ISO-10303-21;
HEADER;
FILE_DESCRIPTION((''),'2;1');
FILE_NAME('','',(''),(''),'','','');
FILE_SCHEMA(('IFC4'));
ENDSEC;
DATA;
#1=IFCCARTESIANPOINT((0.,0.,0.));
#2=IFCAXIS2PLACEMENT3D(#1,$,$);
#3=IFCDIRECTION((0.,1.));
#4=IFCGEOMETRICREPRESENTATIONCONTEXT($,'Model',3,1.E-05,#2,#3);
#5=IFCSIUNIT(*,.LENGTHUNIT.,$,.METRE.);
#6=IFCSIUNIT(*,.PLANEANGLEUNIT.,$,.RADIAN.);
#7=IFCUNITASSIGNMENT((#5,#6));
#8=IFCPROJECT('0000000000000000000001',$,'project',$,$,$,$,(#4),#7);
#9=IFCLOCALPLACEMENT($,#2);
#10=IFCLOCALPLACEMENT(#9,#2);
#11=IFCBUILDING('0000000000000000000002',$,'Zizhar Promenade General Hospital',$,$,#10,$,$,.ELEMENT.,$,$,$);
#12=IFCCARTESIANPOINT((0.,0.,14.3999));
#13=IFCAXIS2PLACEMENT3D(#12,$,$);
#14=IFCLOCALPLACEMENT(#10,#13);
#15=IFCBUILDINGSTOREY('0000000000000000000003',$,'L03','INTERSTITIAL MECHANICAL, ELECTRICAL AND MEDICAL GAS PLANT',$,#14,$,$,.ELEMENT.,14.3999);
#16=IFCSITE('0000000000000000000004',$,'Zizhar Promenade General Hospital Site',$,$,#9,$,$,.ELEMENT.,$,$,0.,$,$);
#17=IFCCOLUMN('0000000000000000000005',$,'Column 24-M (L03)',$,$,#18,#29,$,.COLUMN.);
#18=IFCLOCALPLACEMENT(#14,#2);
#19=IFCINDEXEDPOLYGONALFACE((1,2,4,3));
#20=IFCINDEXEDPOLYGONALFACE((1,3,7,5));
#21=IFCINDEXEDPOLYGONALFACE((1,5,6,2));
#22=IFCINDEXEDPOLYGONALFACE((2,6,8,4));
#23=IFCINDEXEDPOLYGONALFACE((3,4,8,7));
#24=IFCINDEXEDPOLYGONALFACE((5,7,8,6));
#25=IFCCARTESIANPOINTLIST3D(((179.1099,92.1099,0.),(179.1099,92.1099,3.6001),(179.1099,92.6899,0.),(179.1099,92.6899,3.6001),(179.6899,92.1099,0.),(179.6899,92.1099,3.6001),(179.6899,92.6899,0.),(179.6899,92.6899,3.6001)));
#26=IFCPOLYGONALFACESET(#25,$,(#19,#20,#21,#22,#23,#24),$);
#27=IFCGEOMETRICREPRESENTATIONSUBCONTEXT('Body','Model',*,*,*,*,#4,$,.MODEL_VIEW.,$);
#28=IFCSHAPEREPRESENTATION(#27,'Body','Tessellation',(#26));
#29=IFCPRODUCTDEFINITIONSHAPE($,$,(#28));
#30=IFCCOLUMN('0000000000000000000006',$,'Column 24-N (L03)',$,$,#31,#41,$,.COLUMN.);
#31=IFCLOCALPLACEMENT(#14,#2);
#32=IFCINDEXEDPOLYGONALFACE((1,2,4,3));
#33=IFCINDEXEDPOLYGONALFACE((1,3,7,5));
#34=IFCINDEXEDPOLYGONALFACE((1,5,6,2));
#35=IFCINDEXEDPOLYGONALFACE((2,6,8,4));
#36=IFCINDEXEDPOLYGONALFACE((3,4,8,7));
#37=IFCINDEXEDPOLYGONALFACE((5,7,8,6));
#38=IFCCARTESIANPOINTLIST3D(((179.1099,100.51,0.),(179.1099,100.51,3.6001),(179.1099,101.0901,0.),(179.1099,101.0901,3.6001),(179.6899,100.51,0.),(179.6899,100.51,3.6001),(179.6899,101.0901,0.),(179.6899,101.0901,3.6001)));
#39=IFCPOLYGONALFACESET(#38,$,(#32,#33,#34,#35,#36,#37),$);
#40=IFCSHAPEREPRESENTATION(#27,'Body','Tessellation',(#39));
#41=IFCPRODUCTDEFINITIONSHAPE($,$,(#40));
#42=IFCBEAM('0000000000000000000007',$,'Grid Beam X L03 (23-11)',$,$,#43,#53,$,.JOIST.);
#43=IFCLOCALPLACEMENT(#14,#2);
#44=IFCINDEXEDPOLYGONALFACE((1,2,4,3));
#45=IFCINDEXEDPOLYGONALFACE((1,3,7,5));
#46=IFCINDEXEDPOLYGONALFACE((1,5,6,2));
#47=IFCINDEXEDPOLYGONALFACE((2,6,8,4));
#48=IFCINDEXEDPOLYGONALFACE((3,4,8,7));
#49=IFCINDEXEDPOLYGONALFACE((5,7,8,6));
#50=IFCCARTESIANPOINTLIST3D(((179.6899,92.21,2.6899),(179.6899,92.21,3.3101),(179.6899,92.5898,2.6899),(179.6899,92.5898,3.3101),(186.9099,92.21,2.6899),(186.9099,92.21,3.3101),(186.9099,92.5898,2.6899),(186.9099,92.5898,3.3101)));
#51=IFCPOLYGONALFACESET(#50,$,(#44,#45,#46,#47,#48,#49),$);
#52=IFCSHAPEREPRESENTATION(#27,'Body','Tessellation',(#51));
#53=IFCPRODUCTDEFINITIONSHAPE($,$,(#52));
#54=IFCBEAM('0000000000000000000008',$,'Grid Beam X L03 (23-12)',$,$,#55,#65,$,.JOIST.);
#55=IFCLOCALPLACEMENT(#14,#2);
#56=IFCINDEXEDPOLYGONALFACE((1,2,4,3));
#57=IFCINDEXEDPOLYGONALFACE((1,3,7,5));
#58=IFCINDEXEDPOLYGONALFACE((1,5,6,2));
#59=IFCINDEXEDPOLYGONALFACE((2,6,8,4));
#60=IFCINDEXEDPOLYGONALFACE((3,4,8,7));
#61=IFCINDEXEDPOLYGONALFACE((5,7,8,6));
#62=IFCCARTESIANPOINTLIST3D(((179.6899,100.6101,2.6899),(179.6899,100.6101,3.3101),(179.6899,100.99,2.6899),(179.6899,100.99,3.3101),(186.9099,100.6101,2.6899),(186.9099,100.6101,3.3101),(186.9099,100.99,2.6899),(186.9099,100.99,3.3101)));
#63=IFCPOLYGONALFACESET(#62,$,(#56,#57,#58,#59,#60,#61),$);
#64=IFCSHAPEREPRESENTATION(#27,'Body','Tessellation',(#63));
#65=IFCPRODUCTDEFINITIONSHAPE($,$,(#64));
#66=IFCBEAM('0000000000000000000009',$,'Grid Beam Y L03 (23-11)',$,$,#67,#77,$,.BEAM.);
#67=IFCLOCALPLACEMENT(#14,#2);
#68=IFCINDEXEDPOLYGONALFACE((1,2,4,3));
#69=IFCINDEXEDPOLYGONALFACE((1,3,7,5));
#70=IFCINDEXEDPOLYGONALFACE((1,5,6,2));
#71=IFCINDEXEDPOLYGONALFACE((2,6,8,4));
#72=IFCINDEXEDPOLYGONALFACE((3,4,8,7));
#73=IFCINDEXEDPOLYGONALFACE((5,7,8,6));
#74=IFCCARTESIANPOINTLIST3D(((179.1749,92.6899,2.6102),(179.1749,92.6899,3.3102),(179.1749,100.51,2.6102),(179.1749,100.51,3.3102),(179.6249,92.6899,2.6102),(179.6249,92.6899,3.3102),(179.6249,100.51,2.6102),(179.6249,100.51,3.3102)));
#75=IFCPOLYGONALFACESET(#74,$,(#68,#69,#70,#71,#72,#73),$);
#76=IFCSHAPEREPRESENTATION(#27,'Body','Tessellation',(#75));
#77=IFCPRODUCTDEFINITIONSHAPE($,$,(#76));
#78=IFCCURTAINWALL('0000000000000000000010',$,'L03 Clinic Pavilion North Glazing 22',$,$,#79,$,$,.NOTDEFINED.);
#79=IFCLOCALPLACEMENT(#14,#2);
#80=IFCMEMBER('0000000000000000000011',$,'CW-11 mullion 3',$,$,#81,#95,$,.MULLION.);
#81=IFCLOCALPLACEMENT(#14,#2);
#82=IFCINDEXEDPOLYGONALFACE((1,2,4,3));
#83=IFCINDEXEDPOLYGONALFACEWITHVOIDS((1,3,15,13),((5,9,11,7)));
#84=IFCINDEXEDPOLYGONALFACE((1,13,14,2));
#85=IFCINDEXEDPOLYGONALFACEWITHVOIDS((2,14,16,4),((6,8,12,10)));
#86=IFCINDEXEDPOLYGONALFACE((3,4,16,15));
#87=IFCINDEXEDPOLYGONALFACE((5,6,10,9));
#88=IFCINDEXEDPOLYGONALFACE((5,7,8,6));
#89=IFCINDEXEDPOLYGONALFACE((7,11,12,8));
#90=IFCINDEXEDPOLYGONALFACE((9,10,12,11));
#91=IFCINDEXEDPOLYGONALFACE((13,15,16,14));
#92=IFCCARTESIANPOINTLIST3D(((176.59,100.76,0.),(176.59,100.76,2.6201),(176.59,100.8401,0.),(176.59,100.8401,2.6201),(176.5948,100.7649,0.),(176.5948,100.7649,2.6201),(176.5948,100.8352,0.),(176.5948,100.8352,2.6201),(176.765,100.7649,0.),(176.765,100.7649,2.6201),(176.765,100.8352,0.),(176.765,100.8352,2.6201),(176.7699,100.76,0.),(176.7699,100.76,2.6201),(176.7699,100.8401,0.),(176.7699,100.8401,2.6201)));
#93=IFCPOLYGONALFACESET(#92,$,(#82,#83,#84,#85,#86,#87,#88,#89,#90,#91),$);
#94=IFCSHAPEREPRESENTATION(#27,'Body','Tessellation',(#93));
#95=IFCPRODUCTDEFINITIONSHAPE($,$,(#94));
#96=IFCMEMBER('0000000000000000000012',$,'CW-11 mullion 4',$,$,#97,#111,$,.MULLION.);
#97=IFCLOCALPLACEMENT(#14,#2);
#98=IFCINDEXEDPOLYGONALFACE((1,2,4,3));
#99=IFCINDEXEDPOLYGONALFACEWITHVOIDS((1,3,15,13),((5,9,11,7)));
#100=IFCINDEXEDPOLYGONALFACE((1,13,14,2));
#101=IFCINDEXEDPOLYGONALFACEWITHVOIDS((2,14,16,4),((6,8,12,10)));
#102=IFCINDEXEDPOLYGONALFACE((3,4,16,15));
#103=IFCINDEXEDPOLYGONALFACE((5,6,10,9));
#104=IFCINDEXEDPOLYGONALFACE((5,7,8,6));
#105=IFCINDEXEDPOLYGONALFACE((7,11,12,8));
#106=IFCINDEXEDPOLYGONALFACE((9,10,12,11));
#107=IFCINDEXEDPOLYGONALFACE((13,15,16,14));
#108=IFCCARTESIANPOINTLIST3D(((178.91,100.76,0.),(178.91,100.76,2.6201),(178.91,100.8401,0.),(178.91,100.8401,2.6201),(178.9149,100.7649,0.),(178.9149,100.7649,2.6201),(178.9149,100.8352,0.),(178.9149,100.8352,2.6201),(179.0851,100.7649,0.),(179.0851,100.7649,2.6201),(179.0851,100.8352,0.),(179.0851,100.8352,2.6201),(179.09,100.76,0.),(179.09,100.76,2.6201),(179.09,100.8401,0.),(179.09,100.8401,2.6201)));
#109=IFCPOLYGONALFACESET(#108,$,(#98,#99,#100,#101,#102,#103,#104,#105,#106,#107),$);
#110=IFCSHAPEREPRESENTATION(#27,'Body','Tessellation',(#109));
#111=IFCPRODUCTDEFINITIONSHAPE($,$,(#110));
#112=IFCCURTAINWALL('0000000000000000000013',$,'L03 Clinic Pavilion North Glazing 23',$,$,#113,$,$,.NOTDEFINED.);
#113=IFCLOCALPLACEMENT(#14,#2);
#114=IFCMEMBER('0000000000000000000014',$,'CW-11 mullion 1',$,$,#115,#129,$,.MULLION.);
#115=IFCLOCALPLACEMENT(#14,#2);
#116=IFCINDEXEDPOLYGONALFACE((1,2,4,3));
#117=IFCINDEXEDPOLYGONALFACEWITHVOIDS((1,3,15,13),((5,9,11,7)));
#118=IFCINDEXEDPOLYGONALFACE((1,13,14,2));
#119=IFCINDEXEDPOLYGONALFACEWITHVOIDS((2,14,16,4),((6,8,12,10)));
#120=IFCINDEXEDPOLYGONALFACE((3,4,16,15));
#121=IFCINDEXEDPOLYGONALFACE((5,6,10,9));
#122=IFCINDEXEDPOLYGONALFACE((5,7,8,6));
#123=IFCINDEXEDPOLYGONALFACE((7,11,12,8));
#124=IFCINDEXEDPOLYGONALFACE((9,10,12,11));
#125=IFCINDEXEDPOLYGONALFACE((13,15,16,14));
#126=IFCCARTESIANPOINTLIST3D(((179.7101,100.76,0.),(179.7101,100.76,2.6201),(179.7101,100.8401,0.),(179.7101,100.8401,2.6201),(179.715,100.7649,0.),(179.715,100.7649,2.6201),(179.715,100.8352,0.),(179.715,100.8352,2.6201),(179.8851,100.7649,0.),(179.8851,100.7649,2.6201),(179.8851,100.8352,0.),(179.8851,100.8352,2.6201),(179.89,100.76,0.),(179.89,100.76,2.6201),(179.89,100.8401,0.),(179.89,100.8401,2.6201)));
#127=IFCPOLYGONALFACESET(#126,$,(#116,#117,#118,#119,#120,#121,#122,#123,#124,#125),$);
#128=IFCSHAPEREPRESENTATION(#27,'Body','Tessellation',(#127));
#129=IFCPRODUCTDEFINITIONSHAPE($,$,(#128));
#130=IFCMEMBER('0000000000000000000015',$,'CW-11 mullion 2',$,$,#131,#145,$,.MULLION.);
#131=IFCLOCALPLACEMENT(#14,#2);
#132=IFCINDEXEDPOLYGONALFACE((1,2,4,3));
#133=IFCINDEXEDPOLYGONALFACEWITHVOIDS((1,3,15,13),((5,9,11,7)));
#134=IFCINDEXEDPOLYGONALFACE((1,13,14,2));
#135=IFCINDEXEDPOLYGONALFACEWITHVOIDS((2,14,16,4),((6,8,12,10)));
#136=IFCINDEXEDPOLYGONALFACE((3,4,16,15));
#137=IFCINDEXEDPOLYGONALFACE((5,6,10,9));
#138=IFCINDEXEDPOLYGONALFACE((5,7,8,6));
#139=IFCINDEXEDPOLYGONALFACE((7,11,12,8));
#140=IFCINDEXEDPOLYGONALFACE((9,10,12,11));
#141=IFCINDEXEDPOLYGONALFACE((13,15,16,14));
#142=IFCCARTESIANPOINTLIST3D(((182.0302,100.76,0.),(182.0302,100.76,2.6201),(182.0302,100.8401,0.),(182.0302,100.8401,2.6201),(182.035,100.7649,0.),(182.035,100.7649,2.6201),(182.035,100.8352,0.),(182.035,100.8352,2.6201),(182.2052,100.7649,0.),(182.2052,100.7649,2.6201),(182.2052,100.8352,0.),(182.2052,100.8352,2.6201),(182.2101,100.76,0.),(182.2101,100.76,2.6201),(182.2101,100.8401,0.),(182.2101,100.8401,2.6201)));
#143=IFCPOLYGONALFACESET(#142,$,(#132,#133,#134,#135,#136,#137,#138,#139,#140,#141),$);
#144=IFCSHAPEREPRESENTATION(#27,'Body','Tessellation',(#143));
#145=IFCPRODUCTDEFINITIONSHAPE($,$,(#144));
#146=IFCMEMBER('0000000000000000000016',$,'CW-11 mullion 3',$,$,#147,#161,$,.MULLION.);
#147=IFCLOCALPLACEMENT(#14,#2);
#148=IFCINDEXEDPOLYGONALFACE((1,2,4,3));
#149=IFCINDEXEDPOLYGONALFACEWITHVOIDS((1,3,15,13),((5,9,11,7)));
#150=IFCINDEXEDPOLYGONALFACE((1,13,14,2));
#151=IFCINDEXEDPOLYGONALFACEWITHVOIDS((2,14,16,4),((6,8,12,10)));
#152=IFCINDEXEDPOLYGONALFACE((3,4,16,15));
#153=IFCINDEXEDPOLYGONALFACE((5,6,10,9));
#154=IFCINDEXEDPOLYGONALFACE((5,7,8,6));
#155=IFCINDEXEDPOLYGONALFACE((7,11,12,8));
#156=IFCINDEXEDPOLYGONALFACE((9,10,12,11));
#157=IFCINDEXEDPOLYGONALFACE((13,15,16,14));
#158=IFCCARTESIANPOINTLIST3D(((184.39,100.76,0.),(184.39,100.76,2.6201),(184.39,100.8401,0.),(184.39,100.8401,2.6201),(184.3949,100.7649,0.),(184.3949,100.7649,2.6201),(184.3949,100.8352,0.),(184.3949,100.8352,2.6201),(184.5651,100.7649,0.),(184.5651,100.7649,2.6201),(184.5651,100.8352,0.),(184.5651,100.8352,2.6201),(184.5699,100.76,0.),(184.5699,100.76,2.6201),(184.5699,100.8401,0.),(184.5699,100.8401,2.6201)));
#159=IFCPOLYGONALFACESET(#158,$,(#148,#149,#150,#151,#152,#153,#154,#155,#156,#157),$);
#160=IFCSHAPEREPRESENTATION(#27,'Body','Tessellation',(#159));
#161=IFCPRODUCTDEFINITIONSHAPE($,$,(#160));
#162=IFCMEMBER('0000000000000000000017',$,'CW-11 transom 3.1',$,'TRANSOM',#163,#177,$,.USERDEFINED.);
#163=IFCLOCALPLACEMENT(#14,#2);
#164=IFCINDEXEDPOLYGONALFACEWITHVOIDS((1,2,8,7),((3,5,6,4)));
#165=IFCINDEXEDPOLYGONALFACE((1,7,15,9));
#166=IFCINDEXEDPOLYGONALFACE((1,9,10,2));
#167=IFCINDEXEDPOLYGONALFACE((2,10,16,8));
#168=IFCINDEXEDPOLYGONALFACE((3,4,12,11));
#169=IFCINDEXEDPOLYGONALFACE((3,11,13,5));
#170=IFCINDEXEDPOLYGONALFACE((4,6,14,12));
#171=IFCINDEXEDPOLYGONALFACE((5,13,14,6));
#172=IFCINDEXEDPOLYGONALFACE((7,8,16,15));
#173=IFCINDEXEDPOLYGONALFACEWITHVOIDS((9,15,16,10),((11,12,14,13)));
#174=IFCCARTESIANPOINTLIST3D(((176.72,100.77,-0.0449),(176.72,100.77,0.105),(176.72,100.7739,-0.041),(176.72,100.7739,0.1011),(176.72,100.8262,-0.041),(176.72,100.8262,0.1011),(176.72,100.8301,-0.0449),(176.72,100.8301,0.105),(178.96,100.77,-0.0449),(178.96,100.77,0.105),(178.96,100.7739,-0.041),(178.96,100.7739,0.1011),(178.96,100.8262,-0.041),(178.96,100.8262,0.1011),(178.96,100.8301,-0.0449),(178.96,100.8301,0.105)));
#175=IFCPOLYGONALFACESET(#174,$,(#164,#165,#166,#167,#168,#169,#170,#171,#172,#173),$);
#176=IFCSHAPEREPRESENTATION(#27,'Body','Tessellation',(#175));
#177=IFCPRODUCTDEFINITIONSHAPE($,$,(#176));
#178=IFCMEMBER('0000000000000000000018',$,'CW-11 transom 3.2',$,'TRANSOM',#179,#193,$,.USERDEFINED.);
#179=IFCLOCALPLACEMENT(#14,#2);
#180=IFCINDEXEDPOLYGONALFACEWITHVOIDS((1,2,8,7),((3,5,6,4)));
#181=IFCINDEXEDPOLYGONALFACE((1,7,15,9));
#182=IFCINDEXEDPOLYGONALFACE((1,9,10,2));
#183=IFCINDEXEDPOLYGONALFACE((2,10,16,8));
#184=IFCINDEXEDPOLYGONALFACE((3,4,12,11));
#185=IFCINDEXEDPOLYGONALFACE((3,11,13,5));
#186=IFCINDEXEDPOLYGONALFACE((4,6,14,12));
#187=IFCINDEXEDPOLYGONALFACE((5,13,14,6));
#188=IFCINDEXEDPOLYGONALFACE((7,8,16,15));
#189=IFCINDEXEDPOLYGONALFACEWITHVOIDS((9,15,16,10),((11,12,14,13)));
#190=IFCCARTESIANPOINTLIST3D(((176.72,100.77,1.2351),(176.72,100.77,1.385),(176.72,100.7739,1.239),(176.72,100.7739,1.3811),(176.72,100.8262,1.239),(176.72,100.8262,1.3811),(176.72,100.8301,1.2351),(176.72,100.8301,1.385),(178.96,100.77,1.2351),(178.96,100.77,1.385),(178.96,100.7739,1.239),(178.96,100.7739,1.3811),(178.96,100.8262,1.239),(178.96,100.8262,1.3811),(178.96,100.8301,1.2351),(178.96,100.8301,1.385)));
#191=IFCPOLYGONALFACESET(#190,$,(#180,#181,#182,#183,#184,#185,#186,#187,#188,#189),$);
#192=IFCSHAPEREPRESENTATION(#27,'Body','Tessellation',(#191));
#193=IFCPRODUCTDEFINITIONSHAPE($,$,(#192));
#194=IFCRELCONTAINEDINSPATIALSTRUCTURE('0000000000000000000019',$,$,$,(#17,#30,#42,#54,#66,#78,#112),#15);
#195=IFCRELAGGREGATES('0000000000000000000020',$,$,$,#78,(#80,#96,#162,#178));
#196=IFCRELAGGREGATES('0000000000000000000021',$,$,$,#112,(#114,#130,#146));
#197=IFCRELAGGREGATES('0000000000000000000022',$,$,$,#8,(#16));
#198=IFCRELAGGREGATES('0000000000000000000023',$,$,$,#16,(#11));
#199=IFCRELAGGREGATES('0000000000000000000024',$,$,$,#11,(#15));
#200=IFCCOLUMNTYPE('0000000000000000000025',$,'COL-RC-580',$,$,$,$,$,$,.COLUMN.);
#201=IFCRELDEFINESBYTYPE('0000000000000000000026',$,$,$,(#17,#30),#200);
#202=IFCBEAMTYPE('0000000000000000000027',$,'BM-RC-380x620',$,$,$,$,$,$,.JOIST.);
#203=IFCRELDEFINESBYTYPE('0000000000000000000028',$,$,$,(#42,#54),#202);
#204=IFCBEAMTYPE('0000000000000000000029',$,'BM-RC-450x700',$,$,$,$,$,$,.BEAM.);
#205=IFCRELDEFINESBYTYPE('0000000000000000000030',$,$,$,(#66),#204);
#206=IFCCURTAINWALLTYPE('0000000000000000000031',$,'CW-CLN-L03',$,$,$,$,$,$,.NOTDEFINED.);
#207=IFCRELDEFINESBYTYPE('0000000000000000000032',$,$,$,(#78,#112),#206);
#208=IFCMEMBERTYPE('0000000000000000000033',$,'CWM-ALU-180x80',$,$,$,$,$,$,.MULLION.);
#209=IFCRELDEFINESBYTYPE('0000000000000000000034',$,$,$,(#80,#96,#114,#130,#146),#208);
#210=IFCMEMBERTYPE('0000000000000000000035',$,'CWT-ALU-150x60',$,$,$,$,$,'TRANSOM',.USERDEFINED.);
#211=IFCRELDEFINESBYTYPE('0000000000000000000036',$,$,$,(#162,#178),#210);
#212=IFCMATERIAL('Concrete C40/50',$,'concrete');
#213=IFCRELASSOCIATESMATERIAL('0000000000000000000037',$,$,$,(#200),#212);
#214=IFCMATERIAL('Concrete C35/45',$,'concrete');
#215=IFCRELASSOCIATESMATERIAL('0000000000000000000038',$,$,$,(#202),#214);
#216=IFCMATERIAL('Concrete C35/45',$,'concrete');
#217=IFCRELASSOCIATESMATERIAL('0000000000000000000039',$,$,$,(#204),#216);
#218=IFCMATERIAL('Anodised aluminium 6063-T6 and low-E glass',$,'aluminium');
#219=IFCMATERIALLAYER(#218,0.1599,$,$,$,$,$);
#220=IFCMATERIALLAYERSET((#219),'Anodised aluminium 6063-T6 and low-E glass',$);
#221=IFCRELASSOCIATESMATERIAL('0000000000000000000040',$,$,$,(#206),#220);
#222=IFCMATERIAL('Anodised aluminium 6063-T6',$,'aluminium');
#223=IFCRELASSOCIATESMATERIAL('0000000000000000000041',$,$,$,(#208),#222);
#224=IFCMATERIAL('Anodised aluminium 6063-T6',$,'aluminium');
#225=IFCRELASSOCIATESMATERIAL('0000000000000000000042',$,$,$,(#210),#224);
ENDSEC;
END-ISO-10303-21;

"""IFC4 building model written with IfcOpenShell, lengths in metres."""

from ifc_helpers import new_model, si_unit, direction, frame, origin, origin_2d, place, context, subcontext, project, spatial, rectangle, hollow_rectangle, extrude, material, layer, layer_set, material_profile, profile_set, type_object, element, aggregate, save


model = new_model("IFC4")

# Units and contexts
model_context = context("Model", 3, precision=1e-05, world=origin(), true_north=direction((0.0, 1.0)))
body_context = subcontext(model_context, "Body", "Model", "MODEL_VIEW")
ifc_project = project(units=[si_unit("LENGTHUNIT", "METRE"), si_unit("PLANEANGLEUNIT", "RADIAN")], contexts=[model_context])

# Site, building, storey
site_placement = place(None, origin())
site = spatial("IfcSite", under=ifc_project, at=site_placement, Name="Zizhar Promenade General Hospital Site", CompositionType="ELEMENT", RefElevation=0.0)
building_placement = place(site_placement, origin())
building = spatial("IfcBuilding", under=site, at=building_placement, Name="Zizhar Promenade General Hospital", CompositionType="ELEMENT")
storey_placement = place(building_placement, frame((0.0, 0.0, 14.3999)))
storey = spatial("IfcBuildingStorey", under=building, at=storey_placement, Name="L03", Description="INTERSTITIAL MECHANICAL, ELECTRICAL AND MEDICAL GAS PLANT", CompositionType="ELEMENT", Elevation=14.3999)

# Columns
ifc_material_1 = material(Name="Concrete C40/50", Category="concrete")
ifc_material_profile_1 = material_profile(ifc_material_1, rectangle(XDim=0.5801, YDim=0.5801, at=origin_2d()))
ifc_profile_set_1 = profile_set([ifc_material_profile_1], Name="Concrete C40/50")
column_type = type_object("IfcColumnType", Name="COL-RC-580", PredefinedType="COLUMN", material=ifc_profile_set_1)
for number, where, z_axis, x_axis, name in (
    (1, (179.3999, 92.3999, 0.0), (0.0, 0.0, 1.0), (1.0, 0.0, 0.0), "Column 24-M (L03)"),
    (2, (179.3999, 100.8, 0.0), (0.0, 0.0, 1.0), (1.0, 0.0, 0.0), "Column 24-N (L03)"),
):
    element("IfcColumn", number, at=place(storey_placement, frame(where, z_axis=z_axis, x_axis=x_axis)), inside=storey, type_object=column_type, Name=name, PredefinedType="COLUMN", context=body_context, shape_type="SweptSolid", body=[
        extrude(rectangle(XDim=0.5801, YDim=0.5801, at=origin_2d()), origin(), (0.0, 0.0, 1.0), 3.6001),
    ])

# Beams
ifc_material_2 = material(Name="Concrete C35/45", Category="concrete")
ifc_material_profile_2 = material_profile(ifc_material_2, rectangle(XDim=0.3799, YDim=0.6201, at=origin_2d()))
ifc_profile_set_2 = profile_set([ifc_material_profile_2], Name="Concrete C35/45")
beam_type_1 = type_object("IfcBeamType", Name="BM-RC-380x620", PredefinedType="JOIST", material=ifc_profile_set_2)
for number, where, z_axis, x_axis, name in (
    (3, (179.6899, 92.3999, 3.0), (1.0, 0.0, 0.0), (0.0, 1.0, 0.0), "Grid Beam X L03 (23-11)"),
    (4, (179.6899, 100.8, 3.0), (1.0, 0.0, 0.0), (0.0, 1.0, 0.0), "Grid Beam X L03 (23-12)"),
):
    element("IfcBeam", number, at=place(storey_placement, frame(where, z_axis=z_axis, x_axis=x_axis)), inside=storey, type_object=beam_type_1, Name=name, PredefinedType="JOIST", context=body_context, shape_type="SweptSolid", body=[
        extrude(rectangle(XDim=0.3799, YDim=0.6201, at=origin_2d()), origin(), (0.0, 0.0, 1.0), 7.22),
    ])
ifc_material_3 = material(Name="Concrete C35/45", Category="concrete")
ifc_material_profile_3 = material_profile(ifc_material_3, rectangle(XDim=0.45, YDim=0.7, at=origin_2d()))
ifc_profile_set_3 = profile_set([ifc_material_profile_3], Name="Concrete C35/45")
beam_type_2 = type_object("IfcBeamType", Name="BM-RC-450x700", PredefinedType="BEAM", material=ifc_profile_set_3)
beam_placement = place(storey_placement, frame((179.3999, 92.6899, 2.9602), z_axis=(0.0, 1.0, 0.0), x_axis=(-1.0, 0.0, 0.0)))
element("IfcBeam", 5, at=beam_placement, inside=storey, type_object=beam_type_2, Name="Grid Beam Y L03 (23-11)", PredefinedType="BEAM", context=body_context, shape_type="SweptSolid", body=[
    extrude(rectangle(XDim=0.45, YDim=0.7, at=origin_2d()), origin(), (0.0, 0.0, 1.0), 7.8201),
])

# Curtain walls, members
ifc_material_4 = material(Name="Anodised aluminium 6063-T6 and low-E glass", Category="aluminium")
ifc_layer_1 = layer(ifc_material_4, 0.1599)
ifc_layer_set_1 = layer_set([ifc_layer_1], Name="Anodised aluminium 6063-T6 and low-E glass")
curtain_wall_type = type_object("IfcCurtainWallType", Name="CW-CLN-L03", PredefinedType="NOTDEFINED", material=ifc_layer_set_1)
curtain_wall_1_placement = place(storey_placement, origin())
curtain_wall_1 = element("IfcCurtainWall", 6, at=curtain_wall_1_placement, inside=storey, type_object=curtain_wall_type, Name="L03 Clinic Pavilion North Glazing 22", PredefinedType="NOTDEFINED")
ifc_material_5 = material(Name="Anodised aluminium 6063-T6", Category="aluminium")
ifc_material_profile_4 = material_profile(ifc_material_5, hollow_rectangle(XDim=0.0801, YDim=0.1799, WallThickness=0.0049, at=origin_2d()))
ifc_profile_set_4 = profile_set([ifc_material_profile_4], Name="Anodised aluminium 6063-T6")
member_type_1 = type_object("IfcMemberType", Name="CWM-ALU-180x80", PredefinedType="MULLION", material=ifc_profile_set_4)
member_1_placement = place(storey_placement, frame((176.6799, 100.8, 0.0), z_axis=(0.0, 0.0, 1.0), x_axis=(0.0, 1.0, 0.0)))
member_1 = element("IfcMember", 7, at=member_1_placement, type_object=member_type_1, Name="CW-11 mullion 3", PredefinedType="MULLION", context=body_context, shape_type="SweptSolid", body=[
    extrude(hollow_rectangle(XDim=0.0801, YDim=0.1799, WallThickness=0.0049, at=origin_2d()), origin(), (0.0, 0.0, 1.0), 2.6201),
])
member_2_placement = place(storey_placement, frame((179.0, 100.8, 0.0), z_axis=(0.0, 0.0, 1.0), x_axis=(0.0, 1.0, 0.0)))
member_2 = element("IfcMember", 8, at=member_2_placement, type_object=member_type_1, Name="CW-11 mullion 4", PredefinedType="MULLION", context=body_context, shape_type="SweptSolid", body=[
    extrude(hollow_rectangle(XDim=0.0801, YDim=0.1799, WallThickness=0.0049, at=origin_2d()), origin(), (0.0, 0.0, 1.0), 2.6201),
])
curtain_wall_2_placement = place(storey_placement, origin())
curtain_wall_2 = element("IfcCurtainWall", 9, at=curtain_wall_2_placement, inside=storey, type_object=curtain_wall_type, Name="L03 Clinic Pavilion North Glazing 23", PredefinedType="NOTDEFINED")
member_3_placement = place(storey_placement, frame((179.8, 100.8, 0.0), z_axis=(0.0, 0.0, 1.0), x_axis=(0.0, 1.0, 0.0)))
member_3 = element("IfcMember", 10, at=member_3_placement, type_object=member_type_1, Name="CW-11 mullion 1", PredefinedType="MULLION", context=body_context, shape_type="SweptSolid", body=[
    extrude(hollow_rectangle(XDim=0.0801, YDim=0.1799, WallThickness=0.0049, at=origin_2d()), origin(), (0.0, 0.0, 1.0), 2.6201),
])
member_4_placement = place(storey_placement, frame((182.1201, 100.8, 0.0), z_axis=(0.0, 0.0, 1.0), x_axis=(0.0, 1.0, 0.0)))
member_4 = element("IfcMember", 11, at=member_4_placement, type_object=member_type_1, Name="CW-11 mullion 2", PredefinedType="MULLION", context=body_context, shape_type="SweptSolid", body=[
    extrude(hollow_rectangle(XDim=0.0801, YDim=0.1799, WallThickness=0.0049, at=origin_2d()), origin(), (0.0, 0.0, 1.0), 2.6201),
])
member_5_placement = place(storey_placement, frame((184.48, 100.8, 0.0), z_axis=(0.0, 0.0, 1.0), x_axis=(0.0, 1.0, 0.0)))
member_5 = element("IfcMember", 12, at=member_5_placement, type_object=member_type_1, Name="CW-11 mullion 3", PredefinedType="MULLION", context=body_context, shape_type="SweptSolid", body=[
    extrude(hollow_rectangle(XDim=0.0801, YDim=0.1799, WallThickness=0.0049, at=origin_2d()), origin(), (0.0, 0.0, 1.0), 2.6201),
])

# Members
ifc_material_6 = material(Name="Anodised aluminium 6063-T6", Category="aluminium")
ifc_material_profile_5 = material_profile(ifc_material_6, hollow_rectangle(XDim=0.0601, YDim=0.1499, WallThickness=0.0039, at=origin_2d()))
ifc_profile_set_5 = profile_set([ifc_material_profile_5], Name="Anodised aluminium 6063-T6")
member_type_2 = type_object("IfcMemberType", Name="CWT-ALU-150x60", ElementType="TRANSOM", PredefinedType="USERDEFINED", material=ifc_profile_set_5)
member_6_placement = place(storey_placement, frame((176.72, 100.8, 0.03), z_axis=(1.0, 0.0, 0.0), x_axis=(0.0, 1.0, 0.0)))
member_6 = element("IfcMember", 13, at=member_6_placement, type_object=member_type_2, Name="CW-11 transom 3.1", ObjectType="TRANSOM", PredefinedType="USERDEFINED", context=body_context, shape_type="SweptSolid", body=[
    extrude(hollow_rectangle(XDim=0.0601, YDim=0.1499, WallThickness=0.0039, at=origin_2d()), origin(), (0.0, 0.0, 1.0), 2.24),
])
member_7_placement = place(storey_placement, frame((176.72, 100.8, 1.3101), z_axis=(1.0, 0.0, 0.0), x_axis=(0.0, 1.0, 0.0)))
member_7 = element("IfcMember", 14, at=member_7_placement, type_object=member_type_2, Name="CW-11 transom 3.2", ObjectType="TRANSOM", PredefinedType="USERDEFINED", context=body_context, shape_type="SweptSolid", body=[
    extrude(hollow_rectangle(XDim=0.0601, YDim=0.1499, WallThickness=0.0039, at=origin_2d()), origin(), (0.0, 0.0, 1.0), 2.24),
])

aggregate(curtain_wall_1, [member_1, member_2, member_6, member_7])
aggregate(curtain_wall_2, [member_3, member_4, member_5])

save(model, "model.ifc")
